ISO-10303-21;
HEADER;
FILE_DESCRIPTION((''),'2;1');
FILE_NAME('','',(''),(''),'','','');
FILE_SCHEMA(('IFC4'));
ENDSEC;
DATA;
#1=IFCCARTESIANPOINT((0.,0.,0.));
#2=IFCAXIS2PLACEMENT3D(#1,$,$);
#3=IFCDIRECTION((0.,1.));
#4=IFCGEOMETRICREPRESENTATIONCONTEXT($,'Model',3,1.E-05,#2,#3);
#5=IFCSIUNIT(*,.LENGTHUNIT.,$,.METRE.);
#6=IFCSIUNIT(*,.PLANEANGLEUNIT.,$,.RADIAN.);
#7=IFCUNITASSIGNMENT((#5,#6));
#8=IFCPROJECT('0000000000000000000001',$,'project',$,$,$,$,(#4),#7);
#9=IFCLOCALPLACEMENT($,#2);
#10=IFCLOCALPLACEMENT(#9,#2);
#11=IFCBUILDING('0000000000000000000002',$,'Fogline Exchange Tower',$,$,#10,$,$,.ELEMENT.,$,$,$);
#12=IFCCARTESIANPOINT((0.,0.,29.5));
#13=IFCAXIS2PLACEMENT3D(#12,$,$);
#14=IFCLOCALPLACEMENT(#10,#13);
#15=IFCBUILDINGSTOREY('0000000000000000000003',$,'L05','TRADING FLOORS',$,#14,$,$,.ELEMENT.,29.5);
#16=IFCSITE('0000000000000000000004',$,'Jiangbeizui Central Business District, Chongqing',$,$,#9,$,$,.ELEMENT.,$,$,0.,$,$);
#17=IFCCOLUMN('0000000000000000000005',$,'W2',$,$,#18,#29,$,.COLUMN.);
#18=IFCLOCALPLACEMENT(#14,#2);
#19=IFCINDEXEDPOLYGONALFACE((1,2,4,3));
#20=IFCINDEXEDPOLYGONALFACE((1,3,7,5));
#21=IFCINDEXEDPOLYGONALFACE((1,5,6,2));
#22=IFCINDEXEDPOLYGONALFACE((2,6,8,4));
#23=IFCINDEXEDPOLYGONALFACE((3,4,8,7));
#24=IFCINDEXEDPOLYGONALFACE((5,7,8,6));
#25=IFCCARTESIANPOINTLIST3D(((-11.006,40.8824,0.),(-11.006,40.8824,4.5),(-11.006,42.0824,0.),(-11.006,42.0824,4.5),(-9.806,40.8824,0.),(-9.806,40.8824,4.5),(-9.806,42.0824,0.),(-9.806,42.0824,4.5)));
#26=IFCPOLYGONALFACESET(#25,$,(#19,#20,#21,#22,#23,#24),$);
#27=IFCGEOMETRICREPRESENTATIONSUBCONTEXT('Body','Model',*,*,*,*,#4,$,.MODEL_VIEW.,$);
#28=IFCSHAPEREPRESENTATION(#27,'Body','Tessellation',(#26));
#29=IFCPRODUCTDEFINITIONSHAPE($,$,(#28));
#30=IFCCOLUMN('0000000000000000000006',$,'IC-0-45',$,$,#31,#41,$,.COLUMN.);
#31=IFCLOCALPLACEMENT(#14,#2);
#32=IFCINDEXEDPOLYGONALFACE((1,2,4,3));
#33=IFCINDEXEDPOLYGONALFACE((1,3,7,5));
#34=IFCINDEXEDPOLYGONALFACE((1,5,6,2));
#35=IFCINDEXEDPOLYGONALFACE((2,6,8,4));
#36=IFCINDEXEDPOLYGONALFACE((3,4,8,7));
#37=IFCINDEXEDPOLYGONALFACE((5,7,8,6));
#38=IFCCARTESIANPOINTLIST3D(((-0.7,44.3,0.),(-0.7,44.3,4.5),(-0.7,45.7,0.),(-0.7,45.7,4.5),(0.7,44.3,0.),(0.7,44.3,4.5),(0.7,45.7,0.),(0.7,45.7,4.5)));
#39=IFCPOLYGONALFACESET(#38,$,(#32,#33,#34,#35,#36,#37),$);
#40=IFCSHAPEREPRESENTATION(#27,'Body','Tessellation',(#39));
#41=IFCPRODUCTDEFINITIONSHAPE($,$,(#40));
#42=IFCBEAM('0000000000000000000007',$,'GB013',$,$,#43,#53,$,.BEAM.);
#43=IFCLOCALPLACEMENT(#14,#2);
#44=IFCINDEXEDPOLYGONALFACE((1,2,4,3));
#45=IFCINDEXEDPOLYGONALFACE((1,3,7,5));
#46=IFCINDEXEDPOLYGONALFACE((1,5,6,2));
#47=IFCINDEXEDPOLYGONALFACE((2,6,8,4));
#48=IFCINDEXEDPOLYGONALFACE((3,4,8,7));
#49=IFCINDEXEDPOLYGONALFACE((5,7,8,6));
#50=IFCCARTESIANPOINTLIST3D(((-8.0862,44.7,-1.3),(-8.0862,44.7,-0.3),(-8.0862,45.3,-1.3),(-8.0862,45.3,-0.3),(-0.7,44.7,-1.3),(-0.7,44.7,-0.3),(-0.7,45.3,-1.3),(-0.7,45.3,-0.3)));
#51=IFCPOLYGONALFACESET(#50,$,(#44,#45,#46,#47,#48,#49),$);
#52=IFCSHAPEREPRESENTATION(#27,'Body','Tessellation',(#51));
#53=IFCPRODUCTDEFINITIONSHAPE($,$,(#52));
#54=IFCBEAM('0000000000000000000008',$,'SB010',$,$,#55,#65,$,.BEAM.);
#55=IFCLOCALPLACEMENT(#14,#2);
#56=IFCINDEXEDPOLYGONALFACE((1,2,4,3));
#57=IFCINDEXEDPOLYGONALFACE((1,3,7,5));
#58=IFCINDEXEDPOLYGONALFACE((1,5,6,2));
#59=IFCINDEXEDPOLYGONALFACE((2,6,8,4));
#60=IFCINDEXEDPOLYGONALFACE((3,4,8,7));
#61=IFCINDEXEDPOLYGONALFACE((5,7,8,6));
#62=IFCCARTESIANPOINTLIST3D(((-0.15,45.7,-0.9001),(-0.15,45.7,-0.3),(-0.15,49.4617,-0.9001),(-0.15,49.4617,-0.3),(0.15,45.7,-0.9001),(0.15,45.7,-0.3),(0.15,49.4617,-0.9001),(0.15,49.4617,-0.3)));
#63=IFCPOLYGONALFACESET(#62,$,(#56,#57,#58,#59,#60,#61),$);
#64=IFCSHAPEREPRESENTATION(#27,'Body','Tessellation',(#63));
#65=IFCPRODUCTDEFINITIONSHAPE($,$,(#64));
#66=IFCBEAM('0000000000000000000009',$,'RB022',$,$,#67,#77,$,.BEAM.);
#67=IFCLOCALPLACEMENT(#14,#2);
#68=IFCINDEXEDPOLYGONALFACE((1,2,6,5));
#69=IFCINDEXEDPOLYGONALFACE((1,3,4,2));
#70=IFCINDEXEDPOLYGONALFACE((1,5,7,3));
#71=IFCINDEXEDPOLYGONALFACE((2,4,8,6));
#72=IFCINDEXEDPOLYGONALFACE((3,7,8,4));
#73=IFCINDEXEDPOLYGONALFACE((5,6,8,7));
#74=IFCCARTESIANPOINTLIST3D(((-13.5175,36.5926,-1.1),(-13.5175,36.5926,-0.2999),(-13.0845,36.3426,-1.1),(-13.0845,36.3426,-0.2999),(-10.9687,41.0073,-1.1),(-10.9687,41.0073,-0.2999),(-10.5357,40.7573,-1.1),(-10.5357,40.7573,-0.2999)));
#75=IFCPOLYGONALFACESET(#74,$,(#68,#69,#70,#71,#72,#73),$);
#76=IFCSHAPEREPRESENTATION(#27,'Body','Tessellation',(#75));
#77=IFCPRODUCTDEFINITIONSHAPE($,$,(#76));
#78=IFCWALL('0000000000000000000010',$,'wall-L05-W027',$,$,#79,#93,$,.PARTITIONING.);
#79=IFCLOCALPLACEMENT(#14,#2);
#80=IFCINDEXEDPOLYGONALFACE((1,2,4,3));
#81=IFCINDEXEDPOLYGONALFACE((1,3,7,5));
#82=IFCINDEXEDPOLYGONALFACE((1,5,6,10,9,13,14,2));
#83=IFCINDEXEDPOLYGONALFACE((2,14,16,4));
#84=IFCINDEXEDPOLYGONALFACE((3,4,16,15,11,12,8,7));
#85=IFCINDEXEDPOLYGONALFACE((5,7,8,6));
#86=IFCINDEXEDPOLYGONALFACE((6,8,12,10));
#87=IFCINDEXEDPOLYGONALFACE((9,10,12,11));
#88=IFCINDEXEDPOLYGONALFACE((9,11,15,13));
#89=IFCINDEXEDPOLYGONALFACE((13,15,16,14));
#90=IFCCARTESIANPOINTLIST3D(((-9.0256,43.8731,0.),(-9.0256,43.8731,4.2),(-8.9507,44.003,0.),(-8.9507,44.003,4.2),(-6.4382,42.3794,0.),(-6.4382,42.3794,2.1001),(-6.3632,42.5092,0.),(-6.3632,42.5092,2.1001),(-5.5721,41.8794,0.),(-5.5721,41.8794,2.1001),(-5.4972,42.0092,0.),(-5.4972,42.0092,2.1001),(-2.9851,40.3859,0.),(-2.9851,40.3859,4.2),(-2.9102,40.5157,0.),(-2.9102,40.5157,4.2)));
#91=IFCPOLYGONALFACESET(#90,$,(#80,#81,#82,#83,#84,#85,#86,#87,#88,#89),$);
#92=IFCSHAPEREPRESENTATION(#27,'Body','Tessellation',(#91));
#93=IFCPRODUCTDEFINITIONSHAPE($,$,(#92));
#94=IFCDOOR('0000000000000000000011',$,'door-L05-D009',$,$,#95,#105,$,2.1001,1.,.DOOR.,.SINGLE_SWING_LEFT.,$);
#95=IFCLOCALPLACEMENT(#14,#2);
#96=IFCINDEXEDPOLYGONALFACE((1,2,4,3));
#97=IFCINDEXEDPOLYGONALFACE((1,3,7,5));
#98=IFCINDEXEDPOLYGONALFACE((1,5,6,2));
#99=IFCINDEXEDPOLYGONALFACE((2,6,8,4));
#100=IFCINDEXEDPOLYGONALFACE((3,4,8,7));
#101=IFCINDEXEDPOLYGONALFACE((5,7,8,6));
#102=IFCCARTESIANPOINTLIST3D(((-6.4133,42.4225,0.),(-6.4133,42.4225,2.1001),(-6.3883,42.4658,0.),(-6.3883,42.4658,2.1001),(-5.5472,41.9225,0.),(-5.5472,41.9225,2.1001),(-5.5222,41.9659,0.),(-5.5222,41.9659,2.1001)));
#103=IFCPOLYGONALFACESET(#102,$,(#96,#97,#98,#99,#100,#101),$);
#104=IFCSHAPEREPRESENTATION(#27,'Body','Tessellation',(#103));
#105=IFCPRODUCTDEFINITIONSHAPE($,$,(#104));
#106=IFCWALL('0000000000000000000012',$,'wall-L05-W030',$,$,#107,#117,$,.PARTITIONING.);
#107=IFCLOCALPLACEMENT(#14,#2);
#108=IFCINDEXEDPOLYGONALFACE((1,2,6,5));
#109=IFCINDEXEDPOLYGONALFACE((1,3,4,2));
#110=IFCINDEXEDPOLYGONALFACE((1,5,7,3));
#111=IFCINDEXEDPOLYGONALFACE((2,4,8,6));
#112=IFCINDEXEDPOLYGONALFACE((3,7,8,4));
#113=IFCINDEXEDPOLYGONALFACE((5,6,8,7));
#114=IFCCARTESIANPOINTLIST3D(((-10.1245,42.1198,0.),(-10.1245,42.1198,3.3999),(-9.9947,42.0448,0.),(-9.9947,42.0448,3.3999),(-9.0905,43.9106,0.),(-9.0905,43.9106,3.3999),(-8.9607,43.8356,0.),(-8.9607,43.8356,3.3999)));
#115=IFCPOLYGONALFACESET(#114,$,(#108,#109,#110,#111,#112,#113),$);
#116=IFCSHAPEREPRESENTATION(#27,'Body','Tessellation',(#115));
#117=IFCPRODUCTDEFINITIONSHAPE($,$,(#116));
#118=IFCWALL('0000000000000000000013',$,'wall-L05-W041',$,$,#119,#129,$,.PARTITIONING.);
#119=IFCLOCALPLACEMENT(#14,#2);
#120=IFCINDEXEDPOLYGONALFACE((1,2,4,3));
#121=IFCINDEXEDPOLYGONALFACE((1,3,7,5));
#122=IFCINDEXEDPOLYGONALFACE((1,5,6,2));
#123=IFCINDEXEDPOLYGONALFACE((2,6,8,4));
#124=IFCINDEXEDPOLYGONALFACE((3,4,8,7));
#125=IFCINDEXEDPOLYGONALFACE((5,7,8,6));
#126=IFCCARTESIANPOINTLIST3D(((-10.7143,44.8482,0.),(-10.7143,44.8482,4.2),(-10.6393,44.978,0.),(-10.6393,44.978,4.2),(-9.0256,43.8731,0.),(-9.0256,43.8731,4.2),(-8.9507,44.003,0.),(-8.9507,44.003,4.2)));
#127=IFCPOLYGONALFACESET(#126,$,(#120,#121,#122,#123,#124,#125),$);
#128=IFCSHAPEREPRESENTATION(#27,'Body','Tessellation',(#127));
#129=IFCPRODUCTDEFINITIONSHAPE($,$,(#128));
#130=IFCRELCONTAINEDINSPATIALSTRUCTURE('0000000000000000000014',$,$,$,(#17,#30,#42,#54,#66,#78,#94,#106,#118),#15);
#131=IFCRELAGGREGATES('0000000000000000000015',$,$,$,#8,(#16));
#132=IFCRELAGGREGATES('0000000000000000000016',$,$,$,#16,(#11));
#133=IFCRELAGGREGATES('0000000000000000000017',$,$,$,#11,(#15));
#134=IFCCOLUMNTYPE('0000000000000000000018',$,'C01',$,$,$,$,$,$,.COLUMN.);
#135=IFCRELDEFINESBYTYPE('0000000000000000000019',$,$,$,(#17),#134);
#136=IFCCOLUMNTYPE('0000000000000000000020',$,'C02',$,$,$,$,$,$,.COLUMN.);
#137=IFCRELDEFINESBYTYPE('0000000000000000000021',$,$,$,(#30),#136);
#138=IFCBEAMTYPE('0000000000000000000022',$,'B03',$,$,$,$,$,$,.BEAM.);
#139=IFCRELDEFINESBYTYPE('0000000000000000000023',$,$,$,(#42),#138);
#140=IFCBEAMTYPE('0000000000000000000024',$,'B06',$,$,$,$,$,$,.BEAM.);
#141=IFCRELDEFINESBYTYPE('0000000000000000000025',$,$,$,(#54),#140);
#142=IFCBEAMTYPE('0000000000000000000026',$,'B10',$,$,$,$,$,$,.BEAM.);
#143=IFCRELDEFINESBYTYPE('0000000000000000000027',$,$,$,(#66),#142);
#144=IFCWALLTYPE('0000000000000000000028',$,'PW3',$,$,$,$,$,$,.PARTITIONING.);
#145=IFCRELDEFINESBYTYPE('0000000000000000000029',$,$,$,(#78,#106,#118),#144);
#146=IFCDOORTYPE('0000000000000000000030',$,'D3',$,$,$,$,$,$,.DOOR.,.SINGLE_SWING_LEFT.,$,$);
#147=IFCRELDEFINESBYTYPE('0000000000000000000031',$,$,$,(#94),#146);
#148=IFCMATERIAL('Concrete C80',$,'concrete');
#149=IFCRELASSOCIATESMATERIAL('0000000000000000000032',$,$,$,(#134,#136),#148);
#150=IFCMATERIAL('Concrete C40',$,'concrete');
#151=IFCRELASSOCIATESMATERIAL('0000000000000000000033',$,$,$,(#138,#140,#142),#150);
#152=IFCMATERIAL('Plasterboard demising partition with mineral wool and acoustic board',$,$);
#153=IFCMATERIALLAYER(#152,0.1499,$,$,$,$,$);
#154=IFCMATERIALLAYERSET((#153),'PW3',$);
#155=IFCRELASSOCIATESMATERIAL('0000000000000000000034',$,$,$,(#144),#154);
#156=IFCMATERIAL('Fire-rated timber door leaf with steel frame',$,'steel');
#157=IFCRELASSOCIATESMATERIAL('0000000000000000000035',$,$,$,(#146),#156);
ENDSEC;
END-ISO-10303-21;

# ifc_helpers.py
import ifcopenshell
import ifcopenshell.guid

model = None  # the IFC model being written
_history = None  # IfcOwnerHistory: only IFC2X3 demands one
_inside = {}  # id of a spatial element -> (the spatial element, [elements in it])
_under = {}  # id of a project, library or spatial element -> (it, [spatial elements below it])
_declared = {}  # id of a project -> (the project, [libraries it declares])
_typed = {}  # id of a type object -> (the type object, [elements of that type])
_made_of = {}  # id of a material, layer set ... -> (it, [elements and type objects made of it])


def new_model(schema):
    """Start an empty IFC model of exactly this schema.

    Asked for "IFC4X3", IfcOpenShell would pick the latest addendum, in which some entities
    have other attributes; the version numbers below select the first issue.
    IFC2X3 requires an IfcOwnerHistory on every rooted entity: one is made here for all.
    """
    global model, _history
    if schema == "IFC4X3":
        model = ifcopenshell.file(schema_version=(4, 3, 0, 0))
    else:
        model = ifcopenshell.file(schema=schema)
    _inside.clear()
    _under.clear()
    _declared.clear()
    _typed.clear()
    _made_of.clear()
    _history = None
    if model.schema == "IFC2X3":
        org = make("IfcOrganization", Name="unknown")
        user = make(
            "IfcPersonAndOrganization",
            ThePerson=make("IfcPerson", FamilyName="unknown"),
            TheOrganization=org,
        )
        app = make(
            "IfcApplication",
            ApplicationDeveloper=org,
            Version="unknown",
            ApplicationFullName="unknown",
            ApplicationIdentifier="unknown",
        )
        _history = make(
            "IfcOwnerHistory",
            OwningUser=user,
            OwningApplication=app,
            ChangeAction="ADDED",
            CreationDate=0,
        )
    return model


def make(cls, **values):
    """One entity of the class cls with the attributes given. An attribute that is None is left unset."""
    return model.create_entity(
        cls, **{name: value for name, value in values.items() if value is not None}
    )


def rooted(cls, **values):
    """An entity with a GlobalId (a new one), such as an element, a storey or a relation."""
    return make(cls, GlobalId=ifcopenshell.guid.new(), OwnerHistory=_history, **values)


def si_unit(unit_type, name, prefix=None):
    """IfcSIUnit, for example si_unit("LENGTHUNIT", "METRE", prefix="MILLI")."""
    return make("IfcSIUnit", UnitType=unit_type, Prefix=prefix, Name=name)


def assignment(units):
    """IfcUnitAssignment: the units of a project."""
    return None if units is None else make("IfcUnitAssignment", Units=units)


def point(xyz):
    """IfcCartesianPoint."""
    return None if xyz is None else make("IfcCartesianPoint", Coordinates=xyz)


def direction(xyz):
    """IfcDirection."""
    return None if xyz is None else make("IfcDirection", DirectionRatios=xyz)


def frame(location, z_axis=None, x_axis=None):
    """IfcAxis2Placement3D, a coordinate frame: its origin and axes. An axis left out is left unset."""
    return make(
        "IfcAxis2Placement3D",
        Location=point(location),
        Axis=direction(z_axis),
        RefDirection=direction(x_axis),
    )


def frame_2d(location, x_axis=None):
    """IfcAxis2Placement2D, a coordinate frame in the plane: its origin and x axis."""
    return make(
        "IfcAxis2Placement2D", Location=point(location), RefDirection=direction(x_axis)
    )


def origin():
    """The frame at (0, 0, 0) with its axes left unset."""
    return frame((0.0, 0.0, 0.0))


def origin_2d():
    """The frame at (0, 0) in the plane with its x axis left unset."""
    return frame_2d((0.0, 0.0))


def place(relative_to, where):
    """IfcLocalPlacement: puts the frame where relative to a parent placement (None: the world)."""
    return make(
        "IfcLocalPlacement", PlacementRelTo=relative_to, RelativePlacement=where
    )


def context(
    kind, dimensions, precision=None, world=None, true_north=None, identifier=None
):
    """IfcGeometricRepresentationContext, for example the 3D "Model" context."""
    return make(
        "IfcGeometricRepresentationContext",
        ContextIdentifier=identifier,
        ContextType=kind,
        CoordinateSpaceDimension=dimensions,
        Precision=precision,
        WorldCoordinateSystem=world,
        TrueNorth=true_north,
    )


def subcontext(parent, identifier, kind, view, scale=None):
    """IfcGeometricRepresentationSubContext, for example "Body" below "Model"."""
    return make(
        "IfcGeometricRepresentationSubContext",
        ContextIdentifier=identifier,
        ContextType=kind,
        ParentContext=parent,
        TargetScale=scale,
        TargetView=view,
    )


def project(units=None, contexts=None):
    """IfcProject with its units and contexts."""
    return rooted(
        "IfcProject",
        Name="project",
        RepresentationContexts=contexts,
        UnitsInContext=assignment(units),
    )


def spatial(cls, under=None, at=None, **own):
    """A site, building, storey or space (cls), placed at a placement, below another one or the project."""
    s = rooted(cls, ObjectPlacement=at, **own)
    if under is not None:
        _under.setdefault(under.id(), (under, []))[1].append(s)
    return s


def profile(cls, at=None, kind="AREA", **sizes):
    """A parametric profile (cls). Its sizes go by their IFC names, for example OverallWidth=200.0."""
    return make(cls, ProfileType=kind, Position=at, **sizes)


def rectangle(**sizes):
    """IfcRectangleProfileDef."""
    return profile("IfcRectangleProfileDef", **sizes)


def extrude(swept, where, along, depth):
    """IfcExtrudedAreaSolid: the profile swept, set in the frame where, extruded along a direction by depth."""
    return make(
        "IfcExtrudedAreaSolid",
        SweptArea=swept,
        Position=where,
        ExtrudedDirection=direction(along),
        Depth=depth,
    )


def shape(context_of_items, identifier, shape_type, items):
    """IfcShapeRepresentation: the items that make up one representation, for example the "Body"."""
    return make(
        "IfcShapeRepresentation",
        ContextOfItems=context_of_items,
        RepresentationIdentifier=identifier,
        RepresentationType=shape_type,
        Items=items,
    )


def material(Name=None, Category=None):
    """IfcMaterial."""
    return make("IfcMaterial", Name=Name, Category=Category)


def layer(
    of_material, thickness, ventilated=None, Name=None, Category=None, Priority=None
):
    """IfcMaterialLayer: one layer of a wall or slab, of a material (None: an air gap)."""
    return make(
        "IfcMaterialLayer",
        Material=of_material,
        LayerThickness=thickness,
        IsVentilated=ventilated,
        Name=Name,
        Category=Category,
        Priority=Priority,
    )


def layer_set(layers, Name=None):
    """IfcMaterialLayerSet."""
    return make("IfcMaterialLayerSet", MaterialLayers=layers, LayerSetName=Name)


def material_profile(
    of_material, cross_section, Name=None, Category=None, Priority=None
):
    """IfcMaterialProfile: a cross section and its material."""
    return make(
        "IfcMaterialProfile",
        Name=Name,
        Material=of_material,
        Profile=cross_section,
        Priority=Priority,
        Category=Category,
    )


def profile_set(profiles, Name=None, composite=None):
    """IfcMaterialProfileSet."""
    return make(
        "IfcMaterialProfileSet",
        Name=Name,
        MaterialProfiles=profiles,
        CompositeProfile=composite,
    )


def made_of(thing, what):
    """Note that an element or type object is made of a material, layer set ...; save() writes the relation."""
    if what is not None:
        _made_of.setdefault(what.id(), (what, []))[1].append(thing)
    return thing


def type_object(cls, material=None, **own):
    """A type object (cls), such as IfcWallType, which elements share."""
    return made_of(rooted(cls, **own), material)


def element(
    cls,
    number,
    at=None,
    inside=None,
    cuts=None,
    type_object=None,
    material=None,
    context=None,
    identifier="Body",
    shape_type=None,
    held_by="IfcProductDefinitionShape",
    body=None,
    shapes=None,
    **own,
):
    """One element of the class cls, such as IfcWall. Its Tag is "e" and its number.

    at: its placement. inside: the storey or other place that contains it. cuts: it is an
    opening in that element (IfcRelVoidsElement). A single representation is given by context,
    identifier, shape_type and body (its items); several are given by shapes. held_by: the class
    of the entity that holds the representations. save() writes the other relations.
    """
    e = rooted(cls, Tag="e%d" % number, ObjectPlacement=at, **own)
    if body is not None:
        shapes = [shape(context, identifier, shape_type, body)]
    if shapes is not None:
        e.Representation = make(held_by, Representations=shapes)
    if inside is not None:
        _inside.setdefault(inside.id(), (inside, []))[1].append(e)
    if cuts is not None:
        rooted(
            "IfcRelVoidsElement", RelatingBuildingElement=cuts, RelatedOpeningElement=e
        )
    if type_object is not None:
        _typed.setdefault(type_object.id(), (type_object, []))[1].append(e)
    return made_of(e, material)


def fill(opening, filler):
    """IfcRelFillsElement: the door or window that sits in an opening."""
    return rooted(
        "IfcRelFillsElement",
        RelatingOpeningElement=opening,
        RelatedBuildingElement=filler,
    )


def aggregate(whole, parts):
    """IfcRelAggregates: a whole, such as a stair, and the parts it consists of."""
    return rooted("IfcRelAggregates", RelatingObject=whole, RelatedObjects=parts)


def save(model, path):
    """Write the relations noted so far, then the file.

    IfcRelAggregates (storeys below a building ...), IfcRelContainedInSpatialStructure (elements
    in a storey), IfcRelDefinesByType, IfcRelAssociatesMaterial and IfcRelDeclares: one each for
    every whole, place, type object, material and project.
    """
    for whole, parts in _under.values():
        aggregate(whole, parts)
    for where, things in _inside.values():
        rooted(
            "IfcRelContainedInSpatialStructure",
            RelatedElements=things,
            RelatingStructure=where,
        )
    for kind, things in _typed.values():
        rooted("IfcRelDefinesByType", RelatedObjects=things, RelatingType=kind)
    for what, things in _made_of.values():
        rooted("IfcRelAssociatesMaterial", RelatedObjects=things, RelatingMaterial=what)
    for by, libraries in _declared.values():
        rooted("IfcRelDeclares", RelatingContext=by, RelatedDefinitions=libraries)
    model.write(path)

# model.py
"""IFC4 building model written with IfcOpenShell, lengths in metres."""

from ifc_helpers import new_model, si_unit, direction, frame, frame_2d, origin, origin_2d, place, context, subcontext, project, spatial, rectangle, extrude, material, layer, layer_set, material_profile, profile_set, type_object, element, fill, save


model = new_model("IFC4")

# Units and contexts
model_context = context("Model", 3, precision=1e-05, world=origin(), true_north=direction((0.0, 1.0)))
body_context = subcontext(model_context, "Body", "Model", "MODEL_VIEW")
ifc_project = project(units=[si_unit("LENGTHUNIT", "METRE"), si_unit("PLANEANGLEUNIT", "RADIAN")], contexts=[model_context])

# Site, building, storey
site_placement = place(None, origin())
site = spatial("IfcSite", under=ifc_project, at=site_placement, Name="Jiangbeizui Central Business District, Chongqing", CompositionType="ELEMENT", RefElevation=0.0)
building_placement = place(site_placement, origin())
building = spatial("IfcBuilding", under=site, at=building_placement, Name="Fogline Exchange Tower", CompositionType="ELEMENT")
storey_placement = place(building_placement, frame((0.0, 0.0, 29.5)))
storey = spatial("IfcBuildingStorey", under=building, at=storey_placement, Name="L05", Description="TRADING FLOORS", CompositionType="ELEMENT", Elevation=29.5)

# Columns
ifc_material_1 = material(Name="Concrete C80", Category="concrete")
ifc_material_profile_1 = material_profile(ifc_material_1, rectangle(XDim=1.2, YDim=1.2, at=origin_2d()), Name="RC 1200x1200")
ifc_profile_set_1 = profile_set([ifc_material_profile_1], Name="Concrete C80")
column_type_1 = type_object("IfcColumnType", Name="C01", PredefinedType="COLUMN", material=ifc_profile_set_1)
column_1_placement = place(storey_placement, frame((-10.406, 41.4824, 0.0), z_axis=(0.0, 0.0, 1.0), x_axis=(1.0, 0.0, 0.0)))
element("IfcColumn", 1, at=column_1_placement, inside=storey, type_object=column_type_1, Name="W2", PredefinedType="COLUMN", context=body_context, shape_type="SweptSolid", body=[
    extrude(rectangle(XDim=1.2, YDim=1.2, at=origin_2d()), origin(), (0.0, 0.0, 1.0), 4.5),
])
ifc_material_profile_2 = material_profile(ifc_material_1, rectangle(XDim=1.3999, YDim=1.3999, at=origin_2d()), Name="RC 1400x1400")
ifc_profile_set_2 = profile_set([ifc_material_profile_2], Name="Concrete C80")
column_type_2 = type_object("IfcColumnType", Name="C02", PredefinedType="COLUMN", material=ifc_profile_set_2)
column_2_placement = place(storey_placement, frame((0.0, 45.0, 0.0), z_axis=(0.0, 0.0, 1.0), x_axis=(1.0, 0.0, 0.0)))
element("IfcColumn", 2, at=column_2_placement, inside=storey, type_object=column_type_2, Name="IC-0-45", PredefinedType="COLUMN", context=body_context, shape_type="SweptSolid", body=[
    extrude(rectangle(XDim=1.3999, YDim=1.3999, at=origin_2d()), origin(), (0.0, 0.0, 1.0), 4.5),
])

# Beams
ifc_material_2 = material(Name="Concrete C40", Category="concrete")
ifc_material_profile_3 = material_profile(ifc_material_2, rectangle(XDim=0.6001, YDim=1.0, at=origin_2d()), Name="RC 600x1000")
ifc_profile_set_3 = profile_set([ifc_material_profile_3], Name="Concrete C40")
beam_type_1 = type_object("IfcBeamType", Name="B03", PredefinedType="BEAM", material=ifc_profile_set_3)
beam_1_placement = place(storey_placement, frame((-8.0862, 45.0, -0.8), z_axis=(1.0, 0.0, 0.0), x_axis=(0.0, 1.0, 0.0)))
element("IfcBeam", 3, at=beam_1_placement, inside=storey, type_object=beam_type_1, Name="GB013", PredefinedType="BEAM", context=body_context, shape_type="SweptSolid", body=[
    extrude(rectangle(XDim=0.6001, YDim=1.0, at=origin_2d()), origin(), (0.0, 0.0, 1.0), 7.3862),
])
ifc_material_profile_4 = material_profile(ifc_material_2, rectangle(XDim=0.3, YDim=0.6001, at=origin_2d()), Name="RC 300x600")
ifc_profile_set_4 = profile_set([ifc_material_profile_4], Name="Concrete C40")
beam_type_2 = type_object("IfcBeamType", Name="B06", PredefinedType="BEAM", material=ifc_profile_set_4)
beam_2_placement = place(storey_placement, frame((0.0, 45.7, -0.6001), z_axis=(0.0, 1.0, 0.0), x_axis=(-1.0, 0.0, 0.0)))
element("IfcBeam", 4, at=beam_2_placement, inside=storey, type_object=beam_type_2, Name="SB010", PredefinedType="BEAM", context=body_context, shape_type="SweptSolid", body=[
    extrude(rectangle(XDim=0.3, YDim=0.6001, at=origin_2d()), origin(), (0.0, 0.0, 1.0), 3.7617),
])
ifc_material_profile_5 = material_profile(ifc_material_2, rectangle(XDim=0.5, YDim=0.8, at=origin_2d()), Name="RC 500x800")
ifc_profile_set_5 = profile_set([ifc_material_profile_5], Name="Concrete C40")
beam_type_3 = type_object("IfcBeamType", Name="B10", PredefinedType="BEAM", material=ifc_profile_set_5)
beam_3_placement = place(storey_placement, frame((-10.7522, 40.8823, -0.7), z_axis=(-0.499992, -0.86603, 0.0), x_axis=(0.86603, -0.499992, 0.0)))
element("IfcBeam", 5, at=beam_3_placement, inside=storey, type_object=beam_type_3, Name="RB022", PredefinedType="BEAM", context=body_context, shape_type="SweptSolid", body=[
    extrude(rectangle(XDim=0.5, YDim=0.8, at=origin_2d()), origin(), (0.0, 0.0, 1.0), 5.0977),
])

# Wall, opening, door
ifc_material_3 = material(Name="Plasterboard demising partition with mineral wool and acoustic board")
ifc_layer = layer(ifc_material_3, 0.1499)
ifc_layer_set = layer_set([ifc_layer], Name="PW3")
wall_type = type_object("IfcWallType", Name="PW3", PredefinedType="PARTITIONING", material=ifc_layer_set)
wall_1_placement = place(storey_placement, frame((-8.988, 43.938, 0.0), z_axis=(0.0, 0.0, 1.0), x_axis=(0.866038, -0.499979, 0.0)))
wall_1 = element("IfcWall", 6, at=wall_1_placement, inside=storey, type_object=wall_type, Name="wall-L05-W027", PredefinedType="PARTITIONING", context=body_context, shape_type="SweptSolid", body=[
    extrude(rectangle(XDim=6.9749, YDim=0.1499, at=frame_2d((3.4873, 0.0))), origin(), (0.0, 0.0, 1.0), 4.2),
])
opening_placement = place(wall_1_placement, frame((2.9875, 0.0, 0.0)))
opening = element("IfcOpeningElement", 7, at=opening_placement, cuts=wall_1, PredefinedType="OPENING", context=body_context, shape_type="SweptSolid", body=[
    extrude(rectangle(XDim=1.0, YDim=2.1001, at=frame_2d((0.5, 1.05))), frame((0.0, 0.085, 0.0), z_axis=(0.0, -1.0, 0.0), x_axis=(1.0, 0.0, 0.0)), (0.0, 0.0, 1.0), 0.1699),
])
ifc_material_4 = material(Name="Fire-rated timber door leaf with steel frame", Category="steel")
door_type = type_object("IfcDoorType", Name="D3", OperationType="SINGLE_SWING_LEFT", PredefinedType="DOOR", material=ifc_material_4)
door_placement = place(opening_placement, origin())
door = element("IfcDoor", 8, at=door_placement, inside=storey, type_object=door_type, Name="door-L05-D009", OperationType="SINGLE_SWING_LEFT", OverallHeight=2.1001, OverallWidth=1.0, PredefinedType="DOOR", context=body_context, shape_type="SweptSolid", body=[
    extrude(rectangle(XDim=1.0, YDim=2.1001, at=frame_2d((0.5, 1.05))), frame((0.0, 0.0249, 0.0), z_axis=(0.0, -1.0, 0.0), x_axis=(1.0, 0.0, 0.0)), (0.0, 0.0, 1.0), 0.05),
])
fill(opening, door)

# Walls
wall_2_placement = place(storey_placement, frame((-10.0596, 42.0823, 0.0), z_axis=(0.0, 0.0, 1.0), x_axis=(0.500012, 0.866018, 0.0)))
element("IfcWall", 9, at=wall_2_placement, inside=storey, type_object=wall_type, Name="wall-L05-W030", PredefinedType="PARTITIONING", context=body_context, shape_type="SweptSolid", body=[
    extrude(rectangle(XDim=2.0679, YDim=0.1499, at=frame_2d((1.0339, 0.0))), origin(), (0.0, 0.0, 1.0), 3.3999),
])
wall_3_placement = place(storey_placement, frame((-8.988, 43.938, 0.0), z_axis=(0.0, 0.0, 1.0), x_axis=(-0.866, 0.500044, 0.0)))
element("IfcWall", 10, at=wall_3_placement, inside=storey, type_object=wall_type, Name="wall-L05-W041", PredefinedType="PARTITIONING", context=body_context, shape_type="SweptSolid", body=[
    extrude(rectangle(XDim=1.95, YDim=0.1499, at=frame_2d((0.9751, 0.0))), origin(), (0.0, 0.0, 1.0), 4.2),
])

save(model, "model.ifc")
